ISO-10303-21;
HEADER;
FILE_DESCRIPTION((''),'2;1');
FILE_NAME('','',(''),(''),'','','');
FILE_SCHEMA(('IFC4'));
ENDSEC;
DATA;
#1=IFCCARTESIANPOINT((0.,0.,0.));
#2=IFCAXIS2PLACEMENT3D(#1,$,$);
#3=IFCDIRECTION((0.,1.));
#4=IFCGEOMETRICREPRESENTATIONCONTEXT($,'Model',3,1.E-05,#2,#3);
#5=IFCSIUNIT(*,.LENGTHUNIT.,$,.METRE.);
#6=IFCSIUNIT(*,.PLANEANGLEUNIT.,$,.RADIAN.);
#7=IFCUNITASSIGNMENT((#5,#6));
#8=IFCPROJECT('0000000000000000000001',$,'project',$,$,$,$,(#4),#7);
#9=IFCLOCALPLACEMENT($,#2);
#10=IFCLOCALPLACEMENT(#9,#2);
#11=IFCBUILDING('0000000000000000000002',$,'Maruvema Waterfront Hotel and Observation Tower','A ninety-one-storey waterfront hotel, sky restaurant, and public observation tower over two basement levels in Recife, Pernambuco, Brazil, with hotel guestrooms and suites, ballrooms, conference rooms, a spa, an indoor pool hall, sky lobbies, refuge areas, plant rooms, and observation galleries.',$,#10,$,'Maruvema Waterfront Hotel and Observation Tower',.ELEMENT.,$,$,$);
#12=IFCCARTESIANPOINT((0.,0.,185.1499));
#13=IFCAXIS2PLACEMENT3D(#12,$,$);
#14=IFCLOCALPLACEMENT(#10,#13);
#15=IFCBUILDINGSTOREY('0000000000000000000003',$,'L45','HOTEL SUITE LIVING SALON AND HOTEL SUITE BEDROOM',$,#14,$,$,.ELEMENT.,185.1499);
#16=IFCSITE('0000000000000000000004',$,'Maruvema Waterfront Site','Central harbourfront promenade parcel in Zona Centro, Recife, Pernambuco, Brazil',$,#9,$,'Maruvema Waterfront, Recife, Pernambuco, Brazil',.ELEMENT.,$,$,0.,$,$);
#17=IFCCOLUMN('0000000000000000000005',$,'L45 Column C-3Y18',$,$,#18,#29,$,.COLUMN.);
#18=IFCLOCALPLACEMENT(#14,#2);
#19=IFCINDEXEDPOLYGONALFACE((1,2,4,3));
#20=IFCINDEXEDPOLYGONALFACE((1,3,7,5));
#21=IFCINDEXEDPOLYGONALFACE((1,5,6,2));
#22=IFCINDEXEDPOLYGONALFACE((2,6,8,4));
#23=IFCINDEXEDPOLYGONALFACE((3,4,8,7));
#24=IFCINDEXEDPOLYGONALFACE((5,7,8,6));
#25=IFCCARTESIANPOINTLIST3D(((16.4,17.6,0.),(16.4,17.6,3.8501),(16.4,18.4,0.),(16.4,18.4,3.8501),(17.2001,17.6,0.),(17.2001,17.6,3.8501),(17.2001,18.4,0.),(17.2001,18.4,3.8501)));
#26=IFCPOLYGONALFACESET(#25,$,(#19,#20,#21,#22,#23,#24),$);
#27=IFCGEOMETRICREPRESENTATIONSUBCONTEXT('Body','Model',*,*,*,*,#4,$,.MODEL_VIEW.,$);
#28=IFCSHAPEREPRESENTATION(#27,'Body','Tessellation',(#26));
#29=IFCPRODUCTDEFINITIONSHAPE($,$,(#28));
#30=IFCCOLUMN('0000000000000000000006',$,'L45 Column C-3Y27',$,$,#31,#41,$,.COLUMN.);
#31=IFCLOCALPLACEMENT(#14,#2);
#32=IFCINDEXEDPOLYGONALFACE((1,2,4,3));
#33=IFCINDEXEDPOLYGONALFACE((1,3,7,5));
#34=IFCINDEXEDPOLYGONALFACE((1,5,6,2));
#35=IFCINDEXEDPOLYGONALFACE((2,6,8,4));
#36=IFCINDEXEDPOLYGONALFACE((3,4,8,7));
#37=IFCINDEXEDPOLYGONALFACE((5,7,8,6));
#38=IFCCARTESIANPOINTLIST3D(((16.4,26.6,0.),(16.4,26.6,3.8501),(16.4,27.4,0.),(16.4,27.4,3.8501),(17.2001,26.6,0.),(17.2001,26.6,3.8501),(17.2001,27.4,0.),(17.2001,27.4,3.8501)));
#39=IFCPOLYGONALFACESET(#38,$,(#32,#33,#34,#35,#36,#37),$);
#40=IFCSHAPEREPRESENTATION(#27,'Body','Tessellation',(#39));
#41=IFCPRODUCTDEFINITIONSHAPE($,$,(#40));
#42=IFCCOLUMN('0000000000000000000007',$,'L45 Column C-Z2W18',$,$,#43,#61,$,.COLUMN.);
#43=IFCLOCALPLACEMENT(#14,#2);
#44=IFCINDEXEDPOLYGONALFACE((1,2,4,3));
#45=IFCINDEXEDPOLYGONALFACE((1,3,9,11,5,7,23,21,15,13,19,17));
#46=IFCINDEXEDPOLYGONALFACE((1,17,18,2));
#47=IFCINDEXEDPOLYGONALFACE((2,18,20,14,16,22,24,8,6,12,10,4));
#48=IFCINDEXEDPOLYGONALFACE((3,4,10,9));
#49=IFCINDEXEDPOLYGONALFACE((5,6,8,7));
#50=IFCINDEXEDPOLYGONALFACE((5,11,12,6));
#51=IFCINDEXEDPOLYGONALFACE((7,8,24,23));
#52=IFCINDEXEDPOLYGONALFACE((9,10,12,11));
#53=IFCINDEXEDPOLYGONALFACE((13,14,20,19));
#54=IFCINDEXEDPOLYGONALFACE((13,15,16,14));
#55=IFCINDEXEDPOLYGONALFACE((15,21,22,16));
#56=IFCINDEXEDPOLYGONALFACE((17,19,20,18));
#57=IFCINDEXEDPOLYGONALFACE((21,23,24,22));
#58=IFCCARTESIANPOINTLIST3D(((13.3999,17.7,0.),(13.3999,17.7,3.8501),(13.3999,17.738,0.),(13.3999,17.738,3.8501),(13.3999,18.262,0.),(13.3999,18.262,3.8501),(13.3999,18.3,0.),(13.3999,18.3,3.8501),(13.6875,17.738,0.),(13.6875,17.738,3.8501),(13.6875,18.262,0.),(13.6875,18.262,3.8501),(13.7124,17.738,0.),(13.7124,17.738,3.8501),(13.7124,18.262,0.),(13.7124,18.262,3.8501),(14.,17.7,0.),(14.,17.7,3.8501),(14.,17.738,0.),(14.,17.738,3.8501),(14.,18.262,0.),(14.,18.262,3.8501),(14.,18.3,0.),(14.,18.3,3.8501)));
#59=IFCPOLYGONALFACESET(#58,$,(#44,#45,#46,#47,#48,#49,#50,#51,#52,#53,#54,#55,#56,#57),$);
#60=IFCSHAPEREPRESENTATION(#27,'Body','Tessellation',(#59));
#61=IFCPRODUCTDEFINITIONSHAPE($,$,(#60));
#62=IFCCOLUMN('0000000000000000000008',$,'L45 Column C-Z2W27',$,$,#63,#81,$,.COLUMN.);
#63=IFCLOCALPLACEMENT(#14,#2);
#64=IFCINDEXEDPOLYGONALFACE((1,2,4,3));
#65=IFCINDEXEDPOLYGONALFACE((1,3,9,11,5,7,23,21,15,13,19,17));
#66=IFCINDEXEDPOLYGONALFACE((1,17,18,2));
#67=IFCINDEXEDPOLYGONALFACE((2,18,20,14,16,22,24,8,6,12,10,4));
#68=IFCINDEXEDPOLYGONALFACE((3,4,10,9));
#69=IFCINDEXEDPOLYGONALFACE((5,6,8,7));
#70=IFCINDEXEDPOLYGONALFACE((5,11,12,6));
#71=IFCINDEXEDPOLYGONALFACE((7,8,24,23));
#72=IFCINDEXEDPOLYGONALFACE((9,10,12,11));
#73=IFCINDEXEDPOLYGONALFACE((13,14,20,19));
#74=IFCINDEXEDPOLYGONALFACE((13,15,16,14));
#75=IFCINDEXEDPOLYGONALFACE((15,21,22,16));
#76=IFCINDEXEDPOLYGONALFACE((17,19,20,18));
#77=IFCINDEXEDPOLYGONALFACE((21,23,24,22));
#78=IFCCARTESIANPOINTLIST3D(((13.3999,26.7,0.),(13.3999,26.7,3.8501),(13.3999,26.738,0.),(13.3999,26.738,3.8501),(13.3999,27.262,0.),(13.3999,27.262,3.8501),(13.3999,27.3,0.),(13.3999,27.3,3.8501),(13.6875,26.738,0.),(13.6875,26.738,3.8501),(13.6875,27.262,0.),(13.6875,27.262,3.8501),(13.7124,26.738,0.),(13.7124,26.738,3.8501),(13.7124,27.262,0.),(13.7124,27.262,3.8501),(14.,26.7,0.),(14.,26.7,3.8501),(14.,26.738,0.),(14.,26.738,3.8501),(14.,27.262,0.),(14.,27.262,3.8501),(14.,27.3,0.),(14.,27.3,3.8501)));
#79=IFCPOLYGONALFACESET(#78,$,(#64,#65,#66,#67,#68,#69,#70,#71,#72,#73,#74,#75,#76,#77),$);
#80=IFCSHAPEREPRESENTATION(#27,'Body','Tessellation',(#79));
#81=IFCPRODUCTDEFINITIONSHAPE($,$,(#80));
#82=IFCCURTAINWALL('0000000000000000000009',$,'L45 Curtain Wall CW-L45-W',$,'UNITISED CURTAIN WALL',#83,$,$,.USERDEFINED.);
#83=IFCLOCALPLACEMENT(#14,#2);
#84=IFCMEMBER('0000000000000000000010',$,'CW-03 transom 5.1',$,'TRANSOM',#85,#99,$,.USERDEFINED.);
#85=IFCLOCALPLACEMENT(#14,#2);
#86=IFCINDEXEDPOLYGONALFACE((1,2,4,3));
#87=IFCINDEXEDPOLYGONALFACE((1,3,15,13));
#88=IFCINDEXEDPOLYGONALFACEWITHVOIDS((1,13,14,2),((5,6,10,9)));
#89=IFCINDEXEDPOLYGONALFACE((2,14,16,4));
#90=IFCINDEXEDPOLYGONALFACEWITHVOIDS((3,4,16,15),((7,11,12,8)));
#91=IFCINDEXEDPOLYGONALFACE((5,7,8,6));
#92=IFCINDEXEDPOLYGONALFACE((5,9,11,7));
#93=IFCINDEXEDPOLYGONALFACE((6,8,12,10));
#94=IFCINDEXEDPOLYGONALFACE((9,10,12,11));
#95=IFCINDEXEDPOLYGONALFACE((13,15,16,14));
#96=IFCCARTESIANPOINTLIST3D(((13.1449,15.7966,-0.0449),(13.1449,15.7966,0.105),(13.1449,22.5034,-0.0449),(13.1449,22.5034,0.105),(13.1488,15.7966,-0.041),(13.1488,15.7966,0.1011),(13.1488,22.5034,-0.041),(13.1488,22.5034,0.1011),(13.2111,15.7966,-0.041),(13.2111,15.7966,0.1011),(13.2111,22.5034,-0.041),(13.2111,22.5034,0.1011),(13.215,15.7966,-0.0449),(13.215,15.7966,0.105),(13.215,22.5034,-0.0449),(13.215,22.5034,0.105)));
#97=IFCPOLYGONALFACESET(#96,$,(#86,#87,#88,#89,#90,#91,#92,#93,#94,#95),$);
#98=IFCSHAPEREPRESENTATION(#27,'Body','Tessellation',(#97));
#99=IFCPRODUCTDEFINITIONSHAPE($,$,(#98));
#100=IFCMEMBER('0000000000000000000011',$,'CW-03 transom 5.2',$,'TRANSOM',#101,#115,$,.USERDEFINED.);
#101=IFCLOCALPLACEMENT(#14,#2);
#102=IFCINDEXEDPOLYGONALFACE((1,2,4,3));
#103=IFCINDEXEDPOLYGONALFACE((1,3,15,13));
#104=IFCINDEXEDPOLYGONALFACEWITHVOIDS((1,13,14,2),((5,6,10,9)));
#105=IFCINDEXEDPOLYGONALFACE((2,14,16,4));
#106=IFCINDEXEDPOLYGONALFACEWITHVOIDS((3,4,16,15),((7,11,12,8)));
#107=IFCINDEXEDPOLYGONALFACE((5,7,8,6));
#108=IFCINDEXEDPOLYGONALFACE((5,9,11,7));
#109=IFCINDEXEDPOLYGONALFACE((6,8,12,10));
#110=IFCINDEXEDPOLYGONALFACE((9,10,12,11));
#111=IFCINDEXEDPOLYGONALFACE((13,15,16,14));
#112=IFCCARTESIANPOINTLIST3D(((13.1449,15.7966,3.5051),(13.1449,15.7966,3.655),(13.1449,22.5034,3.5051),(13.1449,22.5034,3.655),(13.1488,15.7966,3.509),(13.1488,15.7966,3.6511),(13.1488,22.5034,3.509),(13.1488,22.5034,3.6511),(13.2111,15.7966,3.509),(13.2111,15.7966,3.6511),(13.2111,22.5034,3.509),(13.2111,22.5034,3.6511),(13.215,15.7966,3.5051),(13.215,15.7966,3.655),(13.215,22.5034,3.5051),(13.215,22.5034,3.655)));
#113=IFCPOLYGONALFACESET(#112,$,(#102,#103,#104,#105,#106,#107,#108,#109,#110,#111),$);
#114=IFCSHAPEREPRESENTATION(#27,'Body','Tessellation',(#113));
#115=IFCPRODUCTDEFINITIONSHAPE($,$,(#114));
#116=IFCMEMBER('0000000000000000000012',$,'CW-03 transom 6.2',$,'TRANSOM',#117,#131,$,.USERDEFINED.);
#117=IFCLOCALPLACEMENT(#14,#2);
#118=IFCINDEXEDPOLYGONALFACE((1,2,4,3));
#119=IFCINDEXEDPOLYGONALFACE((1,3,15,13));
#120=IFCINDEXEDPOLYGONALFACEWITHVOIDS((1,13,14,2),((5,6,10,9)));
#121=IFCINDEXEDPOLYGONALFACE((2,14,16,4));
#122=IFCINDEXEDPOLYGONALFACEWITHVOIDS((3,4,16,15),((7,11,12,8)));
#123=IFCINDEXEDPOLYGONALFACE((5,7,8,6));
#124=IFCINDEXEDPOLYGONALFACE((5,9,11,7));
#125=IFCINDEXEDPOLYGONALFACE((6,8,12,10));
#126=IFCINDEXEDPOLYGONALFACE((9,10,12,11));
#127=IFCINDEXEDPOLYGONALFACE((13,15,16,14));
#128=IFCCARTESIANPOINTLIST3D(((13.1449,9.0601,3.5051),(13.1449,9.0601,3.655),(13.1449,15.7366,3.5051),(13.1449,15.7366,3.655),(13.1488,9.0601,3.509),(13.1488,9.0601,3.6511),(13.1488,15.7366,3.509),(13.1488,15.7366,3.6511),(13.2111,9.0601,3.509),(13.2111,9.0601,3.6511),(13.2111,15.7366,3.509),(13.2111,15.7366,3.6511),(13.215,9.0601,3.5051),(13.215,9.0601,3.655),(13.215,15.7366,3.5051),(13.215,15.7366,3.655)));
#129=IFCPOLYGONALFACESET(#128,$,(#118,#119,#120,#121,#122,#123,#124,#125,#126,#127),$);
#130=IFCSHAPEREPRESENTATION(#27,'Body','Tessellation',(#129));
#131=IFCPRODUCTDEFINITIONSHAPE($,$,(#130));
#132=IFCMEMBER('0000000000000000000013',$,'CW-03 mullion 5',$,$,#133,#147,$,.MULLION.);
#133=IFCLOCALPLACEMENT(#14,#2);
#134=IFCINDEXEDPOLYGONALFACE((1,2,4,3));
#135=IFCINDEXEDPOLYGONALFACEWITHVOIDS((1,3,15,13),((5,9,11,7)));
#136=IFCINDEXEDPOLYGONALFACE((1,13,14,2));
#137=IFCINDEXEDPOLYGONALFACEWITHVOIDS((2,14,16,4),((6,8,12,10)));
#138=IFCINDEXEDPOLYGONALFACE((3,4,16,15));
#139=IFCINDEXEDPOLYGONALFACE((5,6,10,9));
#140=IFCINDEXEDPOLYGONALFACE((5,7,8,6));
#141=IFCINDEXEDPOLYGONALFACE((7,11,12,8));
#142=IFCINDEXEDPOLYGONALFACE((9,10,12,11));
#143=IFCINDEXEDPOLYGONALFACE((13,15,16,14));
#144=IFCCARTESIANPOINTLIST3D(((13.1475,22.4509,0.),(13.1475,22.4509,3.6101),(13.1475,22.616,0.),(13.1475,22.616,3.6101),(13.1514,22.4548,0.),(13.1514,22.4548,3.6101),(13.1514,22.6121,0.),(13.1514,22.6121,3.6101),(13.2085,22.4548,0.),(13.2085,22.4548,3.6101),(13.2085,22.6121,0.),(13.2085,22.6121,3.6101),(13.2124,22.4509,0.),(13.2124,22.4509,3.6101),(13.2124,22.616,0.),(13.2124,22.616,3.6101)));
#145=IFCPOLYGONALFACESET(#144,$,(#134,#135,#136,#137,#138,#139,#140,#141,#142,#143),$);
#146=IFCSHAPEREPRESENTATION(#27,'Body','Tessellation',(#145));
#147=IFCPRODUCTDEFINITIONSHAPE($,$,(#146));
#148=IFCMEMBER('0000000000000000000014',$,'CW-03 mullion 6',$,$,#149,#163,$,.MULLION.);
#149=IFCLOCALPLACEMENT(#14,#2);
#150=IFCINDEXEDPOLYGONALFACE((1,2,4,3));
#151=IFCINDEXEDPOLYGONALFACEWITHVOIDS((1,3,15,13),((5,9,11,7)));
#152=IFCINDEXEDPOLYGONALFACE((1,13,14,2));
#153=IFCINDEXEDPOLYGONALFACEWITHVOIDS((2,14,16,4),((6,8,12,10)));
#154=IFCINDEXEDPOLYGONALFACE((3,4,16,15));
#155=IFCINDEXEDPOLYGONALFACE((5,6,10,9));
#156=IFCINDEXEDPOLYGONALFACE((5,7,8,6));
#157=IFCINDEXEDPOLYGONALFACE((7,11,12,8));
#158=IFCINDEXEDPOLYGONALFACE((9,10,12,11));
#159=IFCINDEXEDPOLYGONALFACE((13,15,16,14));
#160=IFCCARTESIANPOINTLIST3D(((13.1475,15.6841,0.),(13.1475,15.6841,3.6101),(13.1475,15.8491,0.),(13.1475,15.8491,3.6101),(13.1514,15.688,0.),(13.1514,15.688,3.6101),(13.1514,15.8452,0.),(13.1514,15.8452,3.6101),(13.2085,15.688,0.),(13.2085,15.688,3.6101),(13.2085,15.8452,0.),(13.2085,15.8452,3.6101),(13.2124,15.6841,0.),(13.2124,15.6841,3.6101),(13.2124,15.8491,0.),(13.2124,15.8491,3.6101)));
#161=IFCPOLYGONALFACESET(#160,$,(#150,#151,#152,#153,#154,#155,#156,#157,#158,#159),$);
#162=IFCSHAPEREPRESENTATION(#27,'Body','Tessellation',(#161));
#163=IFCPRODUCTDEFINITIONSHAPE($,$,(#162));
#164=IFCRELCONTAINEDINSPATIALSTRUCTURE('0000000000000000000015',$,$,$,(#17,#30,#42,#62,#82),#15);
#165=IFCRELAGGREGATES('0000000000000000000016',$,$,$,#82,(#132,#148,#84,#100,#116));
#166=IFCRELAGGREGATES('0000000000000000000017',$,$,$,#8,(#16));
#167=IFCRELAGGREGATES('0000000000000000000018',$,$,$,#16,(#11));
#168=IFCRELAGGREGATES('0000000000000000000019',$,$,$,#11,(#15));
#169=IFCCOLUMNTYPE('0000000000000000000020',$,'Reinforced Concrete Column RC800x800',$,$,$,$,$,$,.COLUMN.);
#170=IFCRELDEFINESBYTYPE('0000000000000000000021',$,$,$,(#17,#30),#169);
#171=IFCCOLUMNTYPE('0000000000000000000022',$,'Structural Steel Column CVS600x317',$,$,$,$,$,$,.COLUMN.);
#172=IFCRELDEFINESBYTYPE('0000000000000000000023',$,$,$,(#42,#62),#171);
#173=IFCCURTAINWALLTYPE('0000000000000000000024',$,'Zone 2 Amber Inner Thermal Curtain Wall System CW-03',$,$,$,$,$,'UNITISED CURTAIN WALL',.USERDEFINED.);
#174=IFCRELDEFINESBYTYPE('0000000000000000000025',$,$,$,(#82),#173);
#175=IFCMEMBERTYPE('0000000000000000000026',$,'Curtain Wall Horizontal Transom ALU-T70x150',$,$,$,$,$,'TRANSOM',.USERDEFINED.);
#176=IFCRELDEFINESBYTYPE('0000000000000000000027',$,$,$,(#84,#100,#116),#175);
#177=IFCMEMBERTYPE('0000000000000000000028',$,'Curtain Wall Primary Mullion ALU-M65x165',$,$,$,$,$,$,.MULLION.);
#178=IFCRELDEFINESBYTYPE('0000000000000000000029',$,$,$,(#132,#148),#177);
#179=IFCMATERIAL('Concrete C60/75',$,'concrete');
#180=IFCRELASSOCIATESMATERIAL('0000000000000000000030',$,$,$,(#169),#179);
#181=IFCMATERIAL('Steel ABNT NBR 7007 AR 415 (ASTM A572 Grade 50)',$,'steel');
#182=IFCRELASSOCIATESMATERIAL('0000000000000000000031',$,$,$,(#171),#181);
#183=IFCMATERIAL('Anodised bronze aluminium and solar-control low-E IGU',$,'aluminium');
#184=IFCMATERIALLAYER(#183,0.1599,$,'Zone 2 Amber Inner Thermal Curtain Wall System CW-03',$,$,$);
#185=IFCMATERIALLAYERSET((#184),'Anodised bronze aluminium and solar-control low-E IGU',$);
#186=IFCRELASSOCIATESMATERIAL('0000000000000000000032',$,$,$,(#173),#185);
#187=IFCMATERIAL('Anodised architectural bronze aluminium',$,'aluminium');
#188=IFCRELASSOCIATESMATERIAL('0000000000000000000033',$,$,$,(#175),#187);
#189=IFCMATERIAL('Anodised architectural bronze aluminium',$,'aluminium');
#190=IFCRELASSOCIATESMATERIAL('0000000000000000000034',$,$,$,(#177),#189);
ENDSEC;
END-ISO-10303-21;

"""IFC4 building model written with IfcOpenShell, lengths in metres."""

from ifc_helpers import new_model, si_unit, direction, frame, origin, origin_2d, place, context, subcontext, project, spatial, rectangle, hollow_rectangle, i_section, extrude, material, layer, layer_set, material_profile, profile_set, type_object, element, aggregate, save


model = new_model("IFC4")

# Units and contexts
model_context = context("Model", 3, precision=1e-05, world=origin(), true_north=direction((0.0, 1.0)))
body_context = subcontext(model_context, "Body", "Model", "MODEL_VIEW")
ifc_project = project(units=[si_unit("LENGTHUNIT", "METRE"), si_unit("PLANEANGLEUNIT", "RADIAN")], contexts=[model_context])

# Site, building, storey
site_placement = place(None, origin())
site = spatial("IfcSite", under=ifc_project, at=site_placement, Name="Maruvema Waterfront Site", Description="Central harbourfront promenade parcel in Zona Centro, Recife, Pernambuco, Brazil", LongName="Maruvema Waterfront, Recife, Pernambuco, Brazil", CompositionType="ELEMENT", RefElevation=0.0)
building_placement = place(site_placement, origin())
building = spatial("IfcBuilding", under=site, at=building_placement, Name="Maruvema Waterfront Hotel and Observation Tower", Description="A ninety-one-storey waterfront hotel, sky restaurant, and public observation tower over two basement levels in Recife, Pernambuco, Brazil, with hotel guestrooms and suites, ballrooms, conference rooms, a spa, an indoor pool hall, sky lobbies, refuge areas, plant rooms, and observation galleries.", LongName="Maruvema Waterfront Hotel and Observation Tower", CompositionType="ELEMENT")
storey_placement = place(building_placement, frame((0.0, 0.0, 185.1499)))
storey = spatial("IfcBuildingStorey", under=building, at=storey_placement, Name="L45", Description="HOTEL SUITE LIVING SALON AND HOTEL SUITE BEDROOM", CompositionType="ELEMENT", Elevation=185.1499)

# Columns
ifc_material_1 = material(Name="Concrete C60/75", Category="concrete")
ifc_material_profile_1 = material_profile(ifc_material_1, rectangle(XDim=0.8, YDim=0.8, at=origin_2d()), Name="RC800x800")
ifc_profile_set_1 = profile_set([ifc_material_profile_1], Name="Concrete C60/75")
column_type_1 = type_object("IfcColumnType", Name="Reinforced Concrete Column RC800x800", PredefinedType="COLUMN", material=ifc_profile_set_1)
for number, where, z_axis, x_axis, name in (
    (1, (16.8, 18.0, 0.0), (0.0, 0.0, 1.0), (1.0, 0.0, 0.0), "L45 Column C-3Y18"),
    (2, (16.8, 27.0, 0.0), (0.0, 0.0, 1.0), (1.0, 0.0, 0.0), "L45 Column C-3Y27"),
):
    element("IfcColumn", number, at=place(storey_placement, frame(where, z_axis=z_axis, x_axis=x_axis)), inside=storey, type_object=column_type_1, Name=name, PredefinedType="COLUMN", context=body_context, shape_type="SweptSolid", body=[
        extrude(rectangle(XDim=0.8, YDim=0.8, at=origin_2d()), origin(), (0.0, 0.0, 1.0), 3.8501),
    ])
ifc_material_2 = material(Name="Steel ABNT NBR 7007 AR 415 (ASTM A572 Grade 50)", Category="steel")
ifc_material_profile_2 = material_profile(ifc_material_2, i_section(OverallWidth=0.6001, OverallDepth=0.6001, WebThickness=0.0249, FlangeThickness=0.0381, at=origin_2d()), Name="CVS600x317")
ifc_profile_set_2 = profile_set([ifc_material_profile_2], Name="Steel ABNT NBR 7007 AR 415 (ASTM A572 Grade 50)")
column_type_2 = type_object("IfcColumnType", Name="Structural Steel Column CVS600x317", PredefinedType="COLUMN", material=ifc_profile_set_2)
for number, where, z_axis, x_axis, name in (
    (3, (13.7, 18.0, 0.0), (0.0, 0.0, 1.0), (1.0, 0.0, 0.0), "L45 Column C-Z2W18"),
    (4, (13.7, 27.0, 0.0), (0.0, 0.0, 1.0), (1.0, 0.0, 0.0), "L45 Column C-Z2W27"),
):
    element("IfcColumn", number, at=place(storey_placement, frame(where, z_axis=z_axis, x_axis=x_axis)), inside=storey, type_object=column_type_2, Name=name, PredefinedType="COLUMN", context=body_context, shape_type="SweptSolid", body=[
        extrude(i_section(OverallWidth=0.6001, OverallDepth=0.6001, WebThickness=0.0249, FlangeThickness=0.0381, at=origin_2d()), origin(), (0.0, 0.0, 1.0), 3.8501),
    ])

# Curtain wall, members
ifc_material_3 = material(Name="Anodised bronze aluminium and solar-control low-E IGU", Category="aluminium")
ifc_layer_1 = layer(ifc_material_3, 0.1599, Name="Zone 2 Amber Inner Thermal Curtain Wall System CW-03")
ifc_layer_set_1 = layer_set([ifc_layer_1], Name="Anodised bronze aluminium and solar-control low-E IGU")
curtain_wall_type = type_object("IfcCurtainWallType", Name="Zone 2 Amber Inner Thermal Curtain Wall System CW-03", ElementType="UNITISED CURTAIN WALL", PredefinedType="USERDEFINED", material=ifc_layer_set_1)
curtain_wall_placement = place(storey_placement, origin())
curtain_wall = element("IfcCurtainWall", 5, at=curtain_wall_placement, inside=storey, type_object=curtain_wall_type, Name="L45 Curtain Wall CW-L45-W", ObjectType="UNITISED CURTAIN WALL", PredefinedType="USERDEFINED")
ifc_material_4 = material(Name="Anodised architectural bronze aluminium", Category="aluminium")
ifc_material_profile_3 = material_profile(ifc_material_4, hollow_rectangle(XDim=0.0701, YDim=0.1499, WallThickness=0.0039, at=origin_2d()), Name="ALU-T70x150")
ifc_profile_set_3 = profile_set([ifc_material_profile_3], Name="Anodised architectural bronze aluminium")
member_type_1 = type_object("IfcMemberType", Name="Curtain Wall Horizontal Transom ALU-T70x150", ElementType="TRANSOM", PredefinedType="USERDEFINED", material=ifc_profile_set_3)
member_1_placement = place(storey_placement, frame((13.1799, 22.5034, 0.03), z_axis=(0.0, -1.0, 0.0), x_axis=(1.0, 0.0, 0.0)))
member_1 = element("IfcMember", 6, at=member_1_placement, type_object=member_type_1, Name="CW-03 transom 5.1", ObjectType="TRANSOM", PredefinedType="USERDEFINED", context=body_context, shape_type="SweptSolid", body=[
    extrude(hollow_rectangle(XDim=0.0701, YDim=0.1499, WallThickness=0.0039, at=origin_2d()), origin(), (0.0, 0.0, 1.0), 6.7068),
])
member_2_placement = place(storey_placement, frame((13.1799, 22.5034, 3.5801), z_axis=(0.0, -1.0, 0.0), x_axis=(1.0, 0.0, 0.0)))
member_2 = element("IfcMember", 7, at=member_2_placement, type_object=member_type_1, Name="CW-03 transom 5.2", ObjectType="TRANSOM", PredefinedType="USERDEFINED", context=body_context, shape_type="SweptSolid", body=[
    extrude(hollow_rectangle(XDim=0.0701, YDim=0.1499, WallThickness=0.0039, at=origin_2d()), origin(), (0.0, 0.0, 1.0), 6.7068),
])
member_3_placement = place(storey_placement, frame((13.1799, 15.7366, 3.5801), z_axis=(0.0, -1.0, 0.0), x_axis=(1.0, 0.0, 0.0)))
member_3 = element("IfcMember", 8, at=member_3_placement, type_object=member_type_1, Name="CW-03 transom 6.2", ObjectType="TRANSOM", PredefinedType="USERDEFINED", context=body_context, shape_type="SweptSolid", body=[
    extrude(hollow_rectangle(XDim=0.0701, YDim=0.1499, WallThickness=0.0039, at=origin_2d()), origin(), (0.0, 0.0, 1.0), 6.6765),
])
ifc_material_5 = material(Name="Anodised architectural bronze aluminium", Category="aluminium")
ifc_material_profile_4 = material_profile(ifc_material_5, hollow_rectangle(XDim=0.0649, YDim=0.165, WallThickness=0.0039, at=origin_2d()), Name="ALU-M65x165")
ifc_profile_set_4 = profile_set([ifc_material_profile_4], Name="Anodised architectural bronze aluminium")
member_type_2 = type_object("IfcMemberType", Name="Curtain Wall Primary Mullion ALU-M65x165", PredefinedType="MULLION", material=ifc_profile_set_4)
member_4_placement = place(storey_placement, frame((13.1799, 22.5334, 0.0), z_axis=(0.0, 0.0, 1.0), x_axis=(1.0, 0.0, 0.0)))
member_4 = element("IfcMember", 9, at=member_4_placement, type_object=member_type_2, Name="CW-03 mullion 5", PredefinedType="MULLION", context=body_context, shape_type="SweptSolid", body=[
    extrude(hollow_rectangle(XDim=0.0649, YDim=0.165, WallThickness=0.0039, at=origin_2d()), origin(), (0.0, 0.0, 1.0), 3.6101),
])
member_5_placement = place(storey_placement, frame((13.1799, 15.7666, 0.0), z_axis=(0.0, 0.0, 1.0), x_axis=(1.0, 0.0, 0.0)))
member_5 = element("IfcMember", 10, at=member_5_placement, type_object=member_type_2, Name="CW-03 mullion 6", PredefinedType="MULLION", context=body_context, shape_type="SweptSolid", body=[
    extrude(hollow_rectangle(XDim=0.0649, YDim=0.165, WallThickness=0.0039, at=origin_2d()), origin(), (0.0, 0.0, 1.0), 3.6101),
])

aggregate(curtain_wall, [member_4, member_5, member_1, member_2, member_3])

save(model, "model.ifc")
